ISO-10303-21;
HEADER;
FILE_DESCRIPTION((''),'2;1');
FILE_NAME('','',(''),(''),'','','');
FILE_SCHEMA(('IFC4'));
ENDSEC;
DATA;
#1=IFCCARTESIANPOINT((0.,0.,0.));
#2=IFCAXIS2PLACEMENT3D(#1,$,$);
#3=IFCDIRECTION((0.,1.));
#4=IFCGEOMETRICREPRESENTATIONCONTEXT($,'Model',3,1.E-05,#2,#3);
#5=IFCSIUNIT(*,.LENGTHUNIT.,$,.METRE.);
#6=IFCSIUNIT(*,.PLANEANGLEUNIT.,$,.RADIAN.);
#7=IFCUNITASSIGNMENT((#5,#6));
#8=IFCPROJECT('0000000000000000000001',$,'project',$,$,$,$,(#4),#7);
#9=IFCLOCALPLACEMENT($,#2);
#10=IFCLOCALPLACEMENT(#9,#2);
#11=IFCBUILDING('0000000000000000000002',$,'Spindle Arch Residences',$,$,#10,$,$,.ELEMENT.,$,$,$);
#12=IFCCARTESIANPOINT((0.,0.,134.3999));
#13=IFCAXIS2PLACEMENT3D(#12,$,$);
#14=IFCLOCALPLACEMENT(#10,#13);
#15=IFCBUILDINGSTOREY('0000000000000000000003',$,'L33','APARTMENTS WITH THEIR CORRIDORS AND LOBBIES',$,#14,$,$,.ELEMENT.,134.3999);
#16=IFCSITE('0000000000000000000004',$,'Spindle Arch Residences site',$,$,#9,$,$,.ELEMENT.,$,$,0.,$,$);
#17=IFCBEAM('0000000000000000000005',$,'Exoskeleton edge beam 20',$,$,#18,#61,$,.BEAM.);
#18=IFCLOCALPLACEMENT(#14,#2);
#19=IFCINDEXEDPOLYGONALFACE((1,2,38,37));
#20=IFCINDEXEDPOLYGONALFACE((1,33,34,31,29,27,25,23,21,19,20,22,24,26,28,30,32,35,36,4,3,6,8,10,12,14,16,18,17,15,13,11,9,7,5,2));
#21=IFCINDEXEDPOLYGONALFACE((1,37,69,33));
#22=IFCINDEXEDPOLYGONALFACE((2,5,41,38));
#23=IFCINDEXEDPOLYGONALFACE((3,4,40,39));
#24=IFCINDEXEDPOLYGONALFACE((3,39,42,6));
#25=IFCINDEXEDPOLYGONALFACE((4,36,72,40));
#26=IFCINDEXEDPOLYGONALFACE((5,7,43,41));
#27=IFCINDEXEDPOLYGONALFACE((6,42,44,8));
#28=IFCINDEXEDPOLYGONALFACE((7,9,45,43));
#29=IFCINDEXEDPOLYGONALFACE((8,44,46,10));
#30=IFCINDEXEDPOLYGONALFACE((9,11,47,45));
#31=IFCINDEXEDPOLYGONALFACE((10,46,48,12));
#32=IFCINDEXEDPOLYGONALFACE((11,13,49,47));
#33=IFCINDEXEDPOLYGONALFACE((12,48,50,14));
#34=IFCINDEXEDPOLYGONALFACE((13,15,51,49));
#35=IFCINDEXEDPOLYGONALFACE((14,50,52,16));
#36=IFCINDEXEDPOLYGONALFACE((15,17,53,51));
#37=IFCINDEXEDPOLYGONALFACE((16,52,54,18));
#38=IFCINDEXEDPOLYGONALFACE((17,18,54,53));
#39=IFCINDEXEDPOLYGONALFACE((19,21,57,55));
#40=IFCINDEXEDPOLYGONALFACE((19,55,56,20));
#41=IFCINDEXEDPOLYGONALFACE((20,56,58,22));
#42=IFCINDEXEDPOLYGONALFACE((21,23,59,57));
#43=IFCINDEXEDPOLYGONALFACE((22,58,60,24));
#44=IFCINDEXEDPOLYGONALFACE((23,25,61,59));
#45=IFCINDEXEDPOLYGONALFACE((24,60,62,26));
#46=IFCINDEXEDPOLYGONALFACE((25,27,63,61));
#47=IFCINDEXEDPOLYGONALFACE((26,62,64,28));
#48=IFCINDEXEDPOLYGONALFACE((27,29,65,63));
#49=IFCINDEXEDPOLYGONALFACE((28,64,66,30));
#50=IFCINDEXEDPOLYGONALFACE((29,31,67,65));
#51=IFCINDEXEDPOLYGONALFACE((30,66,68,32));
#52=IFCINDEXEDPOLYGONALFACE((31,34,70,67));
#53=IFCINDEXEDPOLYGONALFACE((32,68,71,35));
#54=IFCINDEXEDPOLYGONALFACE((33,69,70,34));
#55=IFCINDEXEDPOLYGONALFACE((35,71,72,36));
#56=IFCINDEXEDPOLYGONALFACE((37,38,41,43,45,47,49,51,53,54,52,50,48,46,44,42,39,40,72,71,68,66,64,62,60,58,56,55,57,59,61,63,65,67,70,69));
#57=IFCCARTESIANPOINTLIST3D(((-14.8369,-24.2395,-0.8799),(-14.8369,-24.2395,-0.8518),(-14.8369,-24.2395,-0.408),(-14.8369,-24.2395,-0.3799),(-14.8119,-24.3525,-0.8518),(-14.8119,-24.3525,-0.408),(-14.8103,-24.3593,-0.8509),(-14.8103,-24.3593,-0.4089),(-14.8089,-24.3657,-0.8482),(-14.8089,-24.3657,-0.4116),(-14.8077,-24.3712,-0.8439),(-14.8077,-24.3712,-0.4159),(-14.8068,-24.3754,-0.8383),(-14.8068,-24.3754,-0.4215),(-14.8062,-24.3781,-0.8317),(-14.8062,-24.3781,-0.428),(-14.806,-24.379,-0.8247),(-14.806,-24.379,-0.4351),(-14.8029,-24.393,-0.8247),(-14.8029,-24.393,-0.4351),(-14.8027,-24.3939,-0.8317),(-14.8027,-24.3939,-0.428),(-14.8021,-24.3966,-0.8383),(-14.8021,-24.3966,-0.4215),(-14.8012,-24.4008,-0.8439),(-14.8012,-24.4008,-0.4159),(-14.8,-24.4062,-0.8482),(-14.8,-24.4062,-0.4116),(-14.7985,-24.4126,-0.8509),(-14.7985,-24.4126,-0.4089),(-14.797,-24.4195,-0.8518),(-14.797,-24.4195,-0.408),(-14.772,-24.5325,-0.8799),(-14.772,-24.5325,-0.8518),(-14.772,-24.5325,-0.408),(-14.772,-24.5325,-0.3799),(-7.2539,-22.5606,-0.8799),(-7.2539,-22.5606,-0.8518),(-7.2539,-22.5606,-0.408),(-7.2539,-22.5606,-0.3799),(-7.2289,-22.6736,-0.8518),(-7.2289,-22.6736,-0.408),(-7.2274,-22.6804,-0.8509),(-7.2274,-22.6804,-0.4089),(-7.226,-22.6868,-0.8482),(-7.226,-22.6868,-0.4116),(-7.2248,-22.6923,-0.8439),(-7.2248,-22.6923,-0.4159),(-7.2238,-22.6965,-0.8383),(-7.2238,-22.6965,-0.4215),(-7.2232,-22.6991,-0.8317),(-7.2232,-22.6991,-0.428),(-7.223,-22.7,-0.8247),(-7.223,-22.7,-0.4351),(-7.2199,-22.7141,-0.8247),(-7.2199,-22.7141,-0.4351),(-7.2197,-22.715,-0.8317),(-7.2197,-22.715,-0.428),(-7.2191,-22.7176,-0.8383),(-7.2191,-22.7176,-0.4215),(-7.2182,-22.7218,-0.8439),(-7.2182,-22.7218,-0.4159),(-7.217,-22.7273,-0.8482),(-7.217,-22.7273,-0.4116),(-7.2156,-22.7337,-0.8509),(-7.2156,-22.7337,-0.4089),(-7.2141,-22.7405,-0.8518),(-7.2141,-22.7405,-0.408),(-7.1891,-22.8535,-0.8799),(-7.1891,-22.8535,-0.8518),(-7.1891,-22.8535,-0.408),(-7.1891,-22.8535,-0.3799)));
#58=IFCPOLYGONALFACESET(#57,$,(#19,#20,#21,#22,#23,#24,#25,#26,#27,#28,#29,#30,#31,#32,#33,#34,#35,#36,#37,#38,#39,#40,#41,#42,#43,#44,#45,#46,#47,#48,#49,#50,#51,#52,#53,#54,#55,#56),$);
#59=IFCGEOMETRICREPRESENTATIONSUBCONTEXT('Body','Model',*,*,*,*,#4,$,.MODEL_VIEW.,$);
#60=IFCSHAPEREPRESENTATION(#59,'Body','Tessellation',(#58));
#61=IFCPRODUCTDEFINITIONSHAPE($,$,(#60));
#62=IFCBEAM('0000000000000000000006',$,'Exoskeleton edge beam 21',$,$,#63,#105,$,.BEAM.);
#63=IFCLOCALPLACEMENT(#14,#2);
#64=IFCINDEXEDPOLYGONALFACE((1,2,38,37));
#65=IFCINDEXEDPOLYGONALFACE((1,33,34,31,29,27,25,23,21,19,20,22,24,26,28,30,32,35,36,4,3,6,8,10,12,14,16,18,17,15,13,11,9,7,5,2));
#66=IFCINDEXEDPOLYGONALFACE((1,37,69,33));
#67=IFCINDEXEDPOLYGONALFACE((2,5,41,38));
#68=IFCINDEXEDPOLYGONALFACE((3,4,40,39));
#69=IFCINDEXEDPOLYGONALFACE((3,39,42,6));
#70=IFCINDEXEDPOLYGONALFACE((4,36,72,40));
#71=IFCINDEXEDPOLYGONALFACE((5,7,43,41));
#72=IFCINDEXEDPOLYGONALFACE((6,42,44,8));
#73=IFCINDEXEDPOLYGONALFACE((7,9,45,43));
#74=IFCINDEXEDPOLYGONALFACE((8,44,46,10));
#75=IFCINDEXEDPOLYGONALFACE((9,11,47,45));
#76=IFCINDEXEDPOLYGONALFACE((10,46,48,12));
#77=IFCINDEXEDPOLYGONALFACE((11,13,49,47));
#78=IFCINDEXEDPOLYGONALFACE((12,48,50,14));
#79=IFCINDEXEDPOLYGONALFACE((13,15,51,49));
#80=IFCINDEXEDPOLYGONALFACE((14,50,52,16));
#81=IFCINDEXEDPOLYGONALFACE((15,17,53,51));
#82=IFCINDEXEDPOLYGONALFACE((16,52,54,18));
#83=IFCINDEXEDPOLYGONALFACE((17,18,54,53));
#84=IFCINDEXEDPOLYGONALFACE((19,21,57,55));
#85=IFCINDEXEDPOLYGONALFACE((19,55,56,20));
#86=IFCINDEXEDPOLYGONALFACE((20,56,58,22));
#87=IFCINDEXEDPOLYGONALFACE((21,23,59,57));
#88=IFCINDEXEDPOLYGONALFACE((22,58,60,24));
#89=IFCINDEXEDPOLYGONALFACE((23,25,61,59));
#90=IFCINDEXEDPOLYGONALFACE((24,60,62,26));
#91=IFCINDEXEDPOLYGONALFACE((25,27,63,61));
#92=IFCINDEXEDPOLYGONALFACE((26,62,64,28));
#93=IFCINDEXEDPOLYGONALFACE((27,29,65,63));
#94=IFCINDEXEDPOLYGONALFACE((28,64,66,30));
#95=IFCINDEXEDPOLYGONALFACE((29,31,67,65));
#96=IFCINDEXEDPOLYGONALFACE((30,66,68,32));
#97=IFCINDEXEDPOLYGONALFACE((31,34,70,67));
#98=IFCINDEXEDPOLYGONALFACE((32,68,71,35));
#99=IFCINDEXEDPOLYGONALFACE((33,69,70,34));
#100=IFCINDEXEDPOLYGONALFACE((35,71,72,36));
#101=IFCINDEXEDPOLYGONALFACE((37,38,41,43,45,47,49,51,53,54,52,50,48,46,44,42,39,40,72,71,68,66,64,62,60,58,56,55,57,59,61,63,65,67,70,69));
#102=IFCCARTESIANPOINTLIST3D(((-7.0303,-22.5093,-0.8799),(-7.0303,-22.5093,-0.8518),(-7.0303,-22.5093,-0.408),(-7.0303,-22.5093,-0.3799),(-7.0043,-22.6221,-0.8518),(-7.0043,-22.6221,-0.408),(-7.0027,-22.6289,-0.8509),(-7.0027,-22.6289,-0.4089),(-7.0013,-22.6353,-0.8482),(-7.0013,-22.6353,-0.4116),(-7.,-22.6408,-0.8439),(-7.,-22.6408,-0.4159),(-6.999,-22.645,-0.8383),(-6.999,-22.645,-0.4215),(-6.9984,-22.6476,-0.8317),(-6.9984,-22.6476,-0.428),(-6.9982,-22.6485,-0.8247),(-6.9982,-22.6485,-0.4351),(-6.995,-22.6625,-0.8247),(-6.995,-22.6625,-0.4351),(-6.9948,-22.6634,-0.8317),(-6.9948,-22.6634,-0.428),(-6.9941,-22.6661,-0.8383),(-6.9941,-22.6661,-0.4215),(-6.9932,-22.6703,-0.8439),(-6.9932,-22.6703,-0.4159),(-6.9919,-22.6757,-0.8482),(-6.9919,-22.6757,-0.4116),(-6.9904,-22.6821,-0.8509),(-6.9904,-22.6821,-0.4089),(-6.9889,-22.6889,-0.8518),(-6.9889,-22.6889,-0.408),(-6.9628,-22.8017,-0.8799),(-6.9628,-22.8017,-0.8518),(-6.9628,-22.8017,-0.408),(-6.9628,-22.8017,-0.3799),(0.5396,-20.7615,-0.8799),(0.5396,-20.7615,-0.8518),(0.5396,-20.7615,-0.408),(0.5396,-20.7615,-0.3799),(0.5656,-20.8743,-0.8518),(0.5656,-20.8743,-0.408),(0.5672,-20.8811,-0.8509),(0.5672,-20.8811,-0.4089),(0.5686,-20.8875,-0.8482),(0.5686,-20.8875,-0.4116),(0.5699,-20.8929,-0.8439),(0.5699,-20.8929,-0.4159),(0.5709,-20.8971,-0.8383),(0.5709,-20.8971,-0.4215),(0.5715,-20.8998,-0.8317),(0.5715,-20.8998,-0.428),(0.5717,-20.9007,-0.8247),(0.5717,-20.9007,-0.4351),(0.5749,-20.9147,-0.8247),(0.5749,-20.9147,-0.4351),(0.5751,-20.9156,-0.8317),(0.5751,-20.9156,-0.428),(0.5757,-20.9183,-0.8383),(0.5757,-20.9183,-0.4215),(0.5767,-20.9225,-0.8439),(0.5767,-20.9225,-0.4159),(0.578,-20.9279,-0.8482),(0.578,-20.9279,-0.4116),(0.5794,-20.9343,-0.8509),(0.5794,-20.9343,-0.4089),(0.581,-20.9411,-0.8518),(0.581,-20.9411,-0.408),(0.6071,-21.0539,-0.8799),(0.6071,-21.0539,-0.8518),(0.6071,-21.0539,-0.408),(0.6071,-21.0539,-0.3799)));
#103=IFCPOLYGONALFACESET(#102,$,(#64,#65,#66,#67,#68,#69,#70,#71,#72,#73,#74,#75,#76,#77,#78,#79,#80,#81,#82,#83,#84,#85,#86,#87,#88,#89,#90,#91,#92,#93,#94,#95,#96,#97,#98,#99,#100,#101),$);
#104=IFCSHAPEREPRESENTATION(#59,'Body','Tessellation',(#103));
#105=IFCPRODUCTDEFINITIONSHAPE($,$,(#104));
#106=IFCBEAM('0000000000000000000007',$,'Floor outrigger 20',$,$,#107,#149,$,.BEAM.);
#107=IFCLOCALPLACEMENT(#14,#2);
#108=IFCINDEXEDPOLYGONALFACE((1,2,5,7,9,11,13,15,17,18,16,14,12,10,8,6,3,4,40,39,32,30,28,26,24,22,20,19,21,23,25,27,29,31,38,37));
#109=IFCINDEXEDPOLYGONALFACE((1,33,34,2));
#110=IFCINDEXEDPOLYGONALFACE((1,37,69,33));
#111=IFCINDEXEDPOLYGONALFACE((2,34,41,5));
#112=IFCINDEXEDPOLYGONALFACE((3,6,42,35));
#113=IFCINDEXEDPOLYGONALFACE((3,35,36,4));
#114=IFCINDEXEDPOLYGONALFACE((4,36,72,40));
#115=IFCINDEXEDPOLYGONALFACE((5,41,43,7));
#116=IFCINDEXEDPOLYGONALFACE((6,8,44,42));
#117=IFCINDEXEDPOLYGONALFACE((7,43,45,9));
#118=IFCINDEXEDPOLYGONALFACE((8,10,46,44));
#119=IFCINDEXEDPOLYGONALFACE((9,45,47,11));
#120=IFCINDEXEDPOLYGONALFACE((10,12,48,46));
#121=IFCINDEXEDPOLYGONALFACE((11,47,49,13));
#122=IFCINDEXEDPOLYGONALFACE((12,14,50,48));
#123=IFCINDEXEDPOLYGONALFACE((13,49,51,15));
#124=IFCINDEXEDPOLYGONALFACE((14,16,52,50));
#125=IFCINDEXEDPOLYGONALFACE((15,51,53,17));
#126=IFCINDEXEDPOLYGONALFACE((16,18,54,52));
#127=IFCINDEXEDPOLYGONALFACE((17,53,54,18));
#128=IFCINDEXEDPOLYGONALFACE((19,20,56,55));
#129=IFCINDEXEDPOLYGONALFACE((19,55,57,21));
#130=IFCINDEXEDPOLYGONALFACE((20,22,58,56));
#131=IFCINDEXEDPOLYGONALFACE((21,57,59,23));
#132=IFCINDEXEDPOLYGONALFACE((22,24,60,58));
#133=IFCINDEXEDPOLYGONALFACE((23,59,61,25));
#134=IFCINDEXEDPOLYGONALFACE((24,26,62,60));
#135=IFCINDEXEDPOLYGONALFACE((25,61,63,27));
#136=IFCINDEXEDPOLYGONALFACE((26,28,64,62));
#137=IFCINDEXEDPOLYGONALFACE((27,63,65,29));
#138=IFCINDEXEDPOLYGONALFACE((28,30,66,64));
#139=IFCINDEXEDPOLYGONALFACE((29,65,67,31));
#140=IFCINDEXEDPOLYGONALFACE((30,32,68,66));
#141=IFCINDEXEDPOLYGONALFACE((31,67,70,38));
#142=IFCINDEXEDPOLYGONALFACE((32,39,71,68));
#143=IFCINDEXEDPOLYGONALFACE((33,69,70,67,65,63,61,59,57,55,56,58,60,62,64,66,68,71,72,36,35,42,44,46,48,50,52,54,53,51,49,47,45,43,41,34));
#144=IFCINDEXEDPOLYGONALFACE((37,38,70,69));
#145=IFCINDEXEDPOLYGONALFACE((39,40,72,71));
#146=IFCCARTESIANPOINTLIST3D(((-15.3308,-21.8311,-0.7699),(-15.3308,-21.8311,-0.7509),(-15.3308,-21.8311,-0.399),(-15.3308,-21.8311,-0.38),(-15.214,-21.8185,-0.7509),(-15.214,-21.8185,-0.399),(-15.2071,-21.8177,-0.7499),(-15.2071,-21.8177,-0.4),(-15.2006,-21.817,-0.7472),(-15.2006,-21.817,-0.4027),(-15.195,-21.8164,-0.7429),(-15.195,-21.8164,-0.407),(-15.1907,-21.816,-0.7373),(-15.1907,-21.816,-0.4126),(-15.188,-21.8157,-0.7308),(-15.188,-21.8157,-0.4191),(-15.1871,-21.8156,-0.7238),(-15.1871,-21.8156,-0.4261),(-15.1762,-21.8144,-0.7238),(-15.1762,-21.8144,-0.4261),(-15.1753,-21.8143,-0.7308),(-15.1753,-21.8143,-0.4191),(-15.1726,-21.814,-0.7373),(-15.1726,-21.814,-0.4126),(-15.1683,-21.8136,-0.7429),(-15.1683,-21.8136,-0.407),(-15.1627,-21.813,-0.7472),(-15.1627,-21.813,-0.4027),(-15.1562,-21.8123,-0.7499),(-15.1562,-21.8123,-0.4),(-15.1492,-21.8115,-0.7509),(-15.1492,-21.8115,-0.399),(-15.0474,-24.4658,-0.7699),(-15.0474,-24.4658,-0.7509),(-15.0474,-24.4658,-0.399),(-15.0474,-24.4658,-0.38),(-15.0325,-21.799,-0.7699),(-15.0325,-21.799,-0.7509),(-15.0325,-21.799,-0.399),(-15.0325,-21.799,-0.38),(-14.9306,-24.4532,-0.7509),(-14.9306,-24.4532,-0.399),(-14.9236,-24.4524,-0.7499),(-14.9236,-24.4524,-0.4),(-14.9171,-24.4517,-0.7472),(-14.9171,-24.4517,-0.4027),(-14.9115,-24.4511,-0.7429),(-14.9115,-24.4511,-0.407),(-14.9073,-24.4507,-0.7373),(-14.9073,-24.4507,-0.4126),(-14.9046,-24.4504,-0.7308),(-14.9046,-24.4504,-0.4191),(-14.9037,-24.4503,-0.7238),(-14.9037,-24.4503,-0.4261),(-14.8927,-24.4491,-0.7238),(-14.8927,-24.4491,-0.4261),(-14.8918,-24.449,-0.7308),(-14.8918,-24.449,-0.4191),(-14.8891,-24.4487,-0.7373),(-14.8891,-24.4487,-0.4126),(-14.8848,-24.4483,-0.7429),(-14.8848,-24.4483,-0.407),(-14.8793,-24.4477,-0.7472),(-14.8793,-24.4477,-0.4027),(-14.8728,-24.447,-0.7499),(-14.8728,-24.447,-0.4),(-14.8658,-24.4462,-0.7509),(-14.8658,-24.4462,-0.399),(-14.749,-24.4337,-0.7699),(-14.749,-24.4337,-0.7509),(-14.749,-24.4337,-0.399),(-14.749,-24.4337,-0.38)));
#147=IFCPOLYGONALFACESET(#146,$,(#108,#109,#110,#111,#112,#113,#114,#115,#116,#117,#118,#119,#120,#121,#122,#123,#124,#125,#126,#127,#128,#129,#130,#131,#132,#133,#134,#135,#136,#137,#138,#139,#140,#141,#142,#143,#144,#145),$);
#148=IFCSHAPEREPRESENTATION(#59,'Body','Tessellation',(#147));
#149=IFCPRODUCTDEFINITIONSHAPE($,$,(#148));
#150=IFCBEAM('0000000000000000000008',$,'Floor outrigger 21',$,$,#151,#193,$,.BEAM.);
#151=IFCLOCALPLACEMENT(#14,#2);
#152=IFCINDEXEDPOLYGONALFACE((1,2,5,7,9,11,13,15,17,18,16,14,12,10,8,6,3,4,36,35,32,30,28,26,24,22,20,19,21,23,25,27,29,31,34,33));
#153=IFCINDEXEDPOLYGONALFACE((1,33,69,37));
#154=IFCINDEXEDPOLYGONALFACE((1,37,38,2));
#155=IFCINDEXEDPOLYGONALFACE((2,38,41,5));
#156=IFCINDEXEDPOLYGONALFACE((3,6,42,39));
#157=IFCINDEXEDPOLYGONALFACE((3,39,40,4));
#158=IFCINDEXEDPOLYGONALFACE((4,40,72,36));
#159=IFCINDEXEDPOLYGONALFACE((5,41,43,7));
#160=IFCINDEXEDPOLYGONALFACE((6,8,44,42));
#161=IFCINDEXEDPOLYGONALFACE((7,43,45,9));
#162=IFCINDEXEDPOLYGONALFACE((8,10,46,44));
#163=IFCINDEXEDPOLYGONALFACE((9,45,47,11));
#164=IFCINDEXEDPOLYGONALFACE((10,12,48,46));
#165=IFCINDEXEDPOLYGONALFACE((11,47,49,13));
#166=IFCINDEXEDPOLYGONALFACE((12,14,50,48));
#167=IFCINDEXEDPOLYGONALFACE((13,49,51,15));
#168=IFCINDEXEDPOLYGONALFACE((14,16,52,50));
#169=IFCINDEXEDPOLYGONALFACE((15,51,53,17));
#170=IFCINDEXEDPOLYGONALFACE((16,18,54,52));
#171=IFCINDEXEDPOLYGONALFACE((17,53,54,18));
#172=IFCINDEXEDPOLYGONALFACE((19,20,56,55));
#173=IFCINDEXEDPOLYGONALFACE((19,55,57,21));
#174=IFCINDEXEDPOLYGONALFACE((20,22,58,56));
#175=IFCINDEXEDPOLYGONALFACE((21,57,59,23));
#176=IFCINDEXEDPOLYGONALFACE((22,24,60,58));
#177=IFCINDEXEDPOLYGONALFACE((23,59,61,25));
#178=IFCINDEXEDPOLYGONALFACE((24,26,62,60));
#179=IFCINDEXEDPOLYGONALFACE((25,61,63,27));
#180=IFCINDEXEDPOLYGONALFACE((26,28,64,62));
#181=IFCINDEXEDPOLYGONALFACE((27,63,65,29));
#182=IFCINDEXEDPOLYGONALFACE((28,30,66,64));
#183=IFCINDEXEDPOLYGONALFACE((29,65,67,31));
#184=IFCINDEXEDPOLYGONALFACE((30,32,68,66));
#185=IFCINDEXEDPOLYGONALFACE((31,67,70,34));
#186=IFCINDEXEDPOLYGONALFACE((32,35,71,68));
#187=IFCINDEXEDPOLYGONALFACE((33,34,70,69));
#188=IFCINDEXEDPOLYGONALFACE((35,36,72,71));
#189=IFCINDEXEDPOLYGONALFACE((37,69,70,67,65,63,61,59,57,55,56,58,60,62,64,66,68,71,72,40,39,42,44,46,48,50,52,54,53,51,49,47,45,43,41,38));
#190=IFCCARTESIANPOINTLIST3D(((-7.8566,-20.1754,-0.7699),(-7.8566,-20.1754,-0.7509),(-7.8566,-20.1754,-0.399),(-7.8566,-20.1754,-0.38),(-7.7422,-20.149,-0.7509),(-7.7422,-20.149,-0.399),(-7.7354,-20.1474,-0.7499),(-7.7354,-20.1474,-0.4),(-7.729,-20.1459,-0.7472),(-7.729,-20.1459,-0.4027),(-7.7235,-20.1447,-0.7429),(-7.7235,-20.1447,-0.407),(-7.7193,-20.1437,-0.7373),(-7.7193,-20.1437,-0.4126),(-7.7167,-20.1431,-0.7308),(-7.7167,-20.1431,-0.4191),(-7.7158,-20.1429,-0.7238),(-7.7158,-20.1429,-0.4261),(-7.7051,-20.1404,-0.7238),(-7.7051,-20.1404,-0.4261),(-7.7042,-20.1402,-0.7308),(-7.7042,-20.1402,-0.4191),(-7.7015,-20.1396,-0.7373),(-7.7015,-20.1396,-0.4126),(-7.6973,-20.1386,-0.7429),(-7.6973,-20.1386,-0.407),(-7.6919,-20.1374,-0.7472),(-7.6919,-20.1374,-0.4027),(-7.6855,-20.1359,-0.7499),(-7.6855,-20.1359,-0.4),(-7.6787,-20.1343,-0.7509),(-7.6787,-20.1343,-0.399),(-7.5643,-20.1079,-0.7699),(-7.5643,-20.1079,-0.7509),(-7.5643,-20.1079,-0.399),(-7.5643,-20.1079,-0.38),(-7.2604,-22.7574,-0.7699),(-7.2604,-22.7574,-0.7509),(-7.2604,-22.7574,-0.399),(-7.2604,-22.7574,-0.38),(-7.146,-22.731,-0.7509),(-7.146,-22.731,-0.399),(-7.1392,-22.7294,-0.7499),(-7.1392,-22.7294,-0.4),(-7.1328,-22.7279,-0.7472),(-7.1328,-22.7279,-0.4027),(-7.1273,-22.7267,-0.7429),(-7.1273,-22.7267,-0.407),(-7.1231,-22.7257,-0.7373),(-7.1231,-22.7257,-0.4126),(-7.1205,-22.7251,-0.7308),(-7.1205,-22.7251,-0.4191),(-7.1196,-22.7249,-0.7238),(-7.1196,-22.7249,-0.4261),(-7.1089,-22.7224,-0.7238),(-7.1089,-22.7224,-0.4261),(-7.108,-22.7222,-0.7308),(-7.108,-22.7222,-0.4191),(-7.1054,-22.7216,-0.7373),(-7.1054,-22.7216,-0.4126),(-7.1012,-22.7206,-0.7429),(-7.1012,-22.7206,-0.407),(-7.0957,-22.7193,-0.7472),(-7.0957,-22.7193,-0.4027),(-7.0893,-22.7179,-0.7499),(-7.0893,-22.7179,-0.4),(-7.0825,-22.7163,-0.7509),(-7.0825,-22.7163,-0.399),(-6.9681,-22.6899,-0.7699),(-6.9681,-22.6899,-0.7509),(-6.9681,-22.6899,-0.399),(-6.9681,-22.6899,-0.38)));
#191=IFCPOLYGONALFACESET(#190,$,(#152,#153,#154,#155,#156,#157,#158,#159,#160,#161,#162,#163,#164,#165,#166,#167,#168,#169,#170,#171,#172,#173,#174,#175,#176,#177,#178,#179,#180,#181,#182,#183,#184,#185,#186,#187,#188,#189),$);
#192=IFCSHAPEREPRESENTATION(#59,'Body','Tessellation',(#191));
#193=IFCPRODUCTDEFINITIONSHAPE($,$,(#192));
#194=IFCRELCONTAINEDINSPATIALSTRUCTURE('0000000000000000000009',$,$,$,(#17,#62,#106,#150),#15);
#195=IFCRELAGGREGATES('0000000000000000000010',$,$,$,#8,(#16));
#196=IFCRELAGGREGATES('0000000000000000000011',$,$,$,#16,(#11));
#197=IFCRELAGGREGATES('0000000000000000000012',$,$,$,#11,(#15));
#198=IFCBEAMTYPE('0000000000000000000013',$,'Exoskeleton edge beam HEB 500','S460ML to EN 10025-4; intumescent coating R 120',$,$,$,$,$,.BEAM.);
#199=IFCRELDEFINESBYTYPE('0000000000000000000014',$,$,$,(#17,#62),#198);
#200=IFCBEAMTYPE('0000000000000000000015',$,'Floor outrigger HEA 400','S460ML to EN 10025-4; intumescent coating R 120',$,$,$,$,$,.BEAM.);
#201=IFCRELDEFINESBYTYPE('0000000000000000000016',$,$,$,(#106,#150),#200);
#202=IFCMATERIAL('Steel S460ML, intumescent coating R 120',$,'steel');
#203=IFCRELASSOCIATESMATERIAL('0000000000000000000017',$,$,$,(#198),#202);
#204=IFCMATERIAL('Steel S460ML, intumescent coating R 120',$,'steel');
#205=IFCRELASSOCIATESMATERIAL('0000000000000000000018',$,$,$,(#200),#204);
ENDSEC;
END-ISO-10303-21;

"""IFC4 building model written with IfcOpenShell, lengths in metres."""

from ifc_helpers import new_model, si_unit, direction, frame, origin, origin_2d, place, context, subcontext, project, spatial, i_section, extrude, material, material_profile, profile_set, type_object, element, save


model = new_model("IFC4")

# Units and contexts
model_context = context("Model", 3, precision=1e-05, world=origin(), true_north=direction((0.0, 1.0)))
body_context = subcontext(model_context, "Body", "Model", "MODEL_VIEW")
ifc_project = project(units=[si_unit("LENGTHUNIT", "METRE"), si_unit("PLANEANGLEUNIT", "RADIAN")], contexts=[model_context])

# Site, building, storey
site_placement = place(None, origin())
site = spatial("IfcSite", under=ifc_project, at=site_placement, Name="Spindle Arch Residences site", CompositionType="ELEMENT", RefElevation=0.0)
building_placement = place(site_placement, origin())
building = spatial("IfcBuilding", under=site, at=building_placement, Name="Spindle Arch Residences", CompositionType="ELEMENT")
storey_placement = place(building_placement, frame((0.0, 0.0, 134.3999)))
storey = spatial("IfcBuildingStorey", under=building, at=storey_placement, Name="L33", Description="APARTMENTS WITH THEIR CORRIDORS AND LOBBIES", CompositionType="ELEMENT", Elevation=134.3999)

# Beams
ifc_material_1 = material(Name="Steel S460ML, intumescent coating R 120", Category="steel")
ifc_material_profile_1 = material_profile(ifc_material_1, i_section(OverallWidth=0.3, OverallDepth=0.5, WebThickness=0.0144, FlangeThickness=0.0281, FilletRadius=0.0271, at=origin_2d()), Name="HEB 500")
ifc_profile_set_1 = profile_set([ifc_material_profile_1], Name="Steel S460ML, intumescent coating R 120")
beam_type_1 = type_object("IfcBeamType", Name="Exoskeleton edge beam HEB 500", Description="S460ML to EN 10025-4; intumescent coating R 120", PredefinedType="BEAM", material=ifc_profile_set_1)
beam_1_placement = place(storey_placement, frame((-14.8044, -24.386, -0.6299), z_axis=(0.976355, 0.216175, 0.0), x_axis=(-0.216175, 0.976355, 0.0)))
element("IfcBeam", 1, at=beam_1_placement, inside=storey, type_object=beam_type_1, Name="Exoskeleton edge beam 20", PredefinedType="BEAM", context=body_context, shape_type="SweptSolid", body=[
    extrude(i_section(OverallWidth=0.3, OverallDepth=0.5, WebThickness=0.0144, FlangeThickness=0.0281, FilletRadius=0.0271, at=origin_2d()), origin(), (0.0, 0.0, 1.0), 7.7666),
])
beam_2_placement = place(storey_placement, frame((-6.9966, -22.6555, -0.6299), z_axis=(0.974365, 0.224972, 0.0), x_axis=(-0.224972, 0.974365, 0.0)))
element("IfcBeam", 2, at=beam_2_placement, inside=storey, type_object=beam_type_1, Name="Exoskeleton edge beam 21", PredefinedType="BEAM", context=body_context, shape_type="SweptSolid", body=[
    extrude(i_section(OverallWidth=0.3, OverallDepth=0.5, WebThickness=0.0144, FlangeThickness=0.0281, FilletRadius=0.0271, at=origin_2d()), origin(), (0.0, 0.0, 1.0), 7.769),
])
ifc_material_2 = material(Name="Steel S460ML, intumescent coating R 120", Category="steel")
ifc_material_profile_2 = material_profile(ifc_material_2, i_section(OverallWidth=0.3, OverallDepth=0.3899, WebThickness=0.011, FlangeThickness=0.019, FilletRadius=0.0271, at=origin_2d()), Name="HEA 400")
ifc_profile_set_2 = profile_set([ifc_material_profile_2], Name="Steel S460ML, intumescent coating R 120")
beam_type_2 = type_object("IfcBeamType", Name="Floor outrigger HEA 400", Description="S460ML to EN 10025-4; intumescent coating R 120", PredefinedType="BEAM", material=ifc_profile_set_2)
for number, where, z_axis, x_axis, name in (
    (3, (-14.8982, -24.4497, -0.575), (-0.106963, 0.994263, 0.0), (-0.994263, -0.106963, 0.0), "Floor outrigger 20"),
    (4, (-7.1143, -22.7236, -0.575), (-0.224981, 0.974363, 0.0), (-0.974363, -0.224981, 0.0), "Floor outrigger 21"),
):
    element("IfcBeam", number, at=place(storey_placement, frame(where, z_axis=z_axis, x_axis=x_axis)), inside=storey, type_object=beam_type_2, Name=name, PredefinedType="BEAM", context=body_context, shape_type="SweptSolid", body=[
        extrude(i_section(OverallWidth=0.3, OverallDepth=0.3899, WebThickness=0.011, FlangeThickness=0.019, FilletRadius=0.0271, at=origin_2d()), origin(), (0.0, 0.0, 1.0), 2.6499),
    ])

save(model, "model.ifc")
